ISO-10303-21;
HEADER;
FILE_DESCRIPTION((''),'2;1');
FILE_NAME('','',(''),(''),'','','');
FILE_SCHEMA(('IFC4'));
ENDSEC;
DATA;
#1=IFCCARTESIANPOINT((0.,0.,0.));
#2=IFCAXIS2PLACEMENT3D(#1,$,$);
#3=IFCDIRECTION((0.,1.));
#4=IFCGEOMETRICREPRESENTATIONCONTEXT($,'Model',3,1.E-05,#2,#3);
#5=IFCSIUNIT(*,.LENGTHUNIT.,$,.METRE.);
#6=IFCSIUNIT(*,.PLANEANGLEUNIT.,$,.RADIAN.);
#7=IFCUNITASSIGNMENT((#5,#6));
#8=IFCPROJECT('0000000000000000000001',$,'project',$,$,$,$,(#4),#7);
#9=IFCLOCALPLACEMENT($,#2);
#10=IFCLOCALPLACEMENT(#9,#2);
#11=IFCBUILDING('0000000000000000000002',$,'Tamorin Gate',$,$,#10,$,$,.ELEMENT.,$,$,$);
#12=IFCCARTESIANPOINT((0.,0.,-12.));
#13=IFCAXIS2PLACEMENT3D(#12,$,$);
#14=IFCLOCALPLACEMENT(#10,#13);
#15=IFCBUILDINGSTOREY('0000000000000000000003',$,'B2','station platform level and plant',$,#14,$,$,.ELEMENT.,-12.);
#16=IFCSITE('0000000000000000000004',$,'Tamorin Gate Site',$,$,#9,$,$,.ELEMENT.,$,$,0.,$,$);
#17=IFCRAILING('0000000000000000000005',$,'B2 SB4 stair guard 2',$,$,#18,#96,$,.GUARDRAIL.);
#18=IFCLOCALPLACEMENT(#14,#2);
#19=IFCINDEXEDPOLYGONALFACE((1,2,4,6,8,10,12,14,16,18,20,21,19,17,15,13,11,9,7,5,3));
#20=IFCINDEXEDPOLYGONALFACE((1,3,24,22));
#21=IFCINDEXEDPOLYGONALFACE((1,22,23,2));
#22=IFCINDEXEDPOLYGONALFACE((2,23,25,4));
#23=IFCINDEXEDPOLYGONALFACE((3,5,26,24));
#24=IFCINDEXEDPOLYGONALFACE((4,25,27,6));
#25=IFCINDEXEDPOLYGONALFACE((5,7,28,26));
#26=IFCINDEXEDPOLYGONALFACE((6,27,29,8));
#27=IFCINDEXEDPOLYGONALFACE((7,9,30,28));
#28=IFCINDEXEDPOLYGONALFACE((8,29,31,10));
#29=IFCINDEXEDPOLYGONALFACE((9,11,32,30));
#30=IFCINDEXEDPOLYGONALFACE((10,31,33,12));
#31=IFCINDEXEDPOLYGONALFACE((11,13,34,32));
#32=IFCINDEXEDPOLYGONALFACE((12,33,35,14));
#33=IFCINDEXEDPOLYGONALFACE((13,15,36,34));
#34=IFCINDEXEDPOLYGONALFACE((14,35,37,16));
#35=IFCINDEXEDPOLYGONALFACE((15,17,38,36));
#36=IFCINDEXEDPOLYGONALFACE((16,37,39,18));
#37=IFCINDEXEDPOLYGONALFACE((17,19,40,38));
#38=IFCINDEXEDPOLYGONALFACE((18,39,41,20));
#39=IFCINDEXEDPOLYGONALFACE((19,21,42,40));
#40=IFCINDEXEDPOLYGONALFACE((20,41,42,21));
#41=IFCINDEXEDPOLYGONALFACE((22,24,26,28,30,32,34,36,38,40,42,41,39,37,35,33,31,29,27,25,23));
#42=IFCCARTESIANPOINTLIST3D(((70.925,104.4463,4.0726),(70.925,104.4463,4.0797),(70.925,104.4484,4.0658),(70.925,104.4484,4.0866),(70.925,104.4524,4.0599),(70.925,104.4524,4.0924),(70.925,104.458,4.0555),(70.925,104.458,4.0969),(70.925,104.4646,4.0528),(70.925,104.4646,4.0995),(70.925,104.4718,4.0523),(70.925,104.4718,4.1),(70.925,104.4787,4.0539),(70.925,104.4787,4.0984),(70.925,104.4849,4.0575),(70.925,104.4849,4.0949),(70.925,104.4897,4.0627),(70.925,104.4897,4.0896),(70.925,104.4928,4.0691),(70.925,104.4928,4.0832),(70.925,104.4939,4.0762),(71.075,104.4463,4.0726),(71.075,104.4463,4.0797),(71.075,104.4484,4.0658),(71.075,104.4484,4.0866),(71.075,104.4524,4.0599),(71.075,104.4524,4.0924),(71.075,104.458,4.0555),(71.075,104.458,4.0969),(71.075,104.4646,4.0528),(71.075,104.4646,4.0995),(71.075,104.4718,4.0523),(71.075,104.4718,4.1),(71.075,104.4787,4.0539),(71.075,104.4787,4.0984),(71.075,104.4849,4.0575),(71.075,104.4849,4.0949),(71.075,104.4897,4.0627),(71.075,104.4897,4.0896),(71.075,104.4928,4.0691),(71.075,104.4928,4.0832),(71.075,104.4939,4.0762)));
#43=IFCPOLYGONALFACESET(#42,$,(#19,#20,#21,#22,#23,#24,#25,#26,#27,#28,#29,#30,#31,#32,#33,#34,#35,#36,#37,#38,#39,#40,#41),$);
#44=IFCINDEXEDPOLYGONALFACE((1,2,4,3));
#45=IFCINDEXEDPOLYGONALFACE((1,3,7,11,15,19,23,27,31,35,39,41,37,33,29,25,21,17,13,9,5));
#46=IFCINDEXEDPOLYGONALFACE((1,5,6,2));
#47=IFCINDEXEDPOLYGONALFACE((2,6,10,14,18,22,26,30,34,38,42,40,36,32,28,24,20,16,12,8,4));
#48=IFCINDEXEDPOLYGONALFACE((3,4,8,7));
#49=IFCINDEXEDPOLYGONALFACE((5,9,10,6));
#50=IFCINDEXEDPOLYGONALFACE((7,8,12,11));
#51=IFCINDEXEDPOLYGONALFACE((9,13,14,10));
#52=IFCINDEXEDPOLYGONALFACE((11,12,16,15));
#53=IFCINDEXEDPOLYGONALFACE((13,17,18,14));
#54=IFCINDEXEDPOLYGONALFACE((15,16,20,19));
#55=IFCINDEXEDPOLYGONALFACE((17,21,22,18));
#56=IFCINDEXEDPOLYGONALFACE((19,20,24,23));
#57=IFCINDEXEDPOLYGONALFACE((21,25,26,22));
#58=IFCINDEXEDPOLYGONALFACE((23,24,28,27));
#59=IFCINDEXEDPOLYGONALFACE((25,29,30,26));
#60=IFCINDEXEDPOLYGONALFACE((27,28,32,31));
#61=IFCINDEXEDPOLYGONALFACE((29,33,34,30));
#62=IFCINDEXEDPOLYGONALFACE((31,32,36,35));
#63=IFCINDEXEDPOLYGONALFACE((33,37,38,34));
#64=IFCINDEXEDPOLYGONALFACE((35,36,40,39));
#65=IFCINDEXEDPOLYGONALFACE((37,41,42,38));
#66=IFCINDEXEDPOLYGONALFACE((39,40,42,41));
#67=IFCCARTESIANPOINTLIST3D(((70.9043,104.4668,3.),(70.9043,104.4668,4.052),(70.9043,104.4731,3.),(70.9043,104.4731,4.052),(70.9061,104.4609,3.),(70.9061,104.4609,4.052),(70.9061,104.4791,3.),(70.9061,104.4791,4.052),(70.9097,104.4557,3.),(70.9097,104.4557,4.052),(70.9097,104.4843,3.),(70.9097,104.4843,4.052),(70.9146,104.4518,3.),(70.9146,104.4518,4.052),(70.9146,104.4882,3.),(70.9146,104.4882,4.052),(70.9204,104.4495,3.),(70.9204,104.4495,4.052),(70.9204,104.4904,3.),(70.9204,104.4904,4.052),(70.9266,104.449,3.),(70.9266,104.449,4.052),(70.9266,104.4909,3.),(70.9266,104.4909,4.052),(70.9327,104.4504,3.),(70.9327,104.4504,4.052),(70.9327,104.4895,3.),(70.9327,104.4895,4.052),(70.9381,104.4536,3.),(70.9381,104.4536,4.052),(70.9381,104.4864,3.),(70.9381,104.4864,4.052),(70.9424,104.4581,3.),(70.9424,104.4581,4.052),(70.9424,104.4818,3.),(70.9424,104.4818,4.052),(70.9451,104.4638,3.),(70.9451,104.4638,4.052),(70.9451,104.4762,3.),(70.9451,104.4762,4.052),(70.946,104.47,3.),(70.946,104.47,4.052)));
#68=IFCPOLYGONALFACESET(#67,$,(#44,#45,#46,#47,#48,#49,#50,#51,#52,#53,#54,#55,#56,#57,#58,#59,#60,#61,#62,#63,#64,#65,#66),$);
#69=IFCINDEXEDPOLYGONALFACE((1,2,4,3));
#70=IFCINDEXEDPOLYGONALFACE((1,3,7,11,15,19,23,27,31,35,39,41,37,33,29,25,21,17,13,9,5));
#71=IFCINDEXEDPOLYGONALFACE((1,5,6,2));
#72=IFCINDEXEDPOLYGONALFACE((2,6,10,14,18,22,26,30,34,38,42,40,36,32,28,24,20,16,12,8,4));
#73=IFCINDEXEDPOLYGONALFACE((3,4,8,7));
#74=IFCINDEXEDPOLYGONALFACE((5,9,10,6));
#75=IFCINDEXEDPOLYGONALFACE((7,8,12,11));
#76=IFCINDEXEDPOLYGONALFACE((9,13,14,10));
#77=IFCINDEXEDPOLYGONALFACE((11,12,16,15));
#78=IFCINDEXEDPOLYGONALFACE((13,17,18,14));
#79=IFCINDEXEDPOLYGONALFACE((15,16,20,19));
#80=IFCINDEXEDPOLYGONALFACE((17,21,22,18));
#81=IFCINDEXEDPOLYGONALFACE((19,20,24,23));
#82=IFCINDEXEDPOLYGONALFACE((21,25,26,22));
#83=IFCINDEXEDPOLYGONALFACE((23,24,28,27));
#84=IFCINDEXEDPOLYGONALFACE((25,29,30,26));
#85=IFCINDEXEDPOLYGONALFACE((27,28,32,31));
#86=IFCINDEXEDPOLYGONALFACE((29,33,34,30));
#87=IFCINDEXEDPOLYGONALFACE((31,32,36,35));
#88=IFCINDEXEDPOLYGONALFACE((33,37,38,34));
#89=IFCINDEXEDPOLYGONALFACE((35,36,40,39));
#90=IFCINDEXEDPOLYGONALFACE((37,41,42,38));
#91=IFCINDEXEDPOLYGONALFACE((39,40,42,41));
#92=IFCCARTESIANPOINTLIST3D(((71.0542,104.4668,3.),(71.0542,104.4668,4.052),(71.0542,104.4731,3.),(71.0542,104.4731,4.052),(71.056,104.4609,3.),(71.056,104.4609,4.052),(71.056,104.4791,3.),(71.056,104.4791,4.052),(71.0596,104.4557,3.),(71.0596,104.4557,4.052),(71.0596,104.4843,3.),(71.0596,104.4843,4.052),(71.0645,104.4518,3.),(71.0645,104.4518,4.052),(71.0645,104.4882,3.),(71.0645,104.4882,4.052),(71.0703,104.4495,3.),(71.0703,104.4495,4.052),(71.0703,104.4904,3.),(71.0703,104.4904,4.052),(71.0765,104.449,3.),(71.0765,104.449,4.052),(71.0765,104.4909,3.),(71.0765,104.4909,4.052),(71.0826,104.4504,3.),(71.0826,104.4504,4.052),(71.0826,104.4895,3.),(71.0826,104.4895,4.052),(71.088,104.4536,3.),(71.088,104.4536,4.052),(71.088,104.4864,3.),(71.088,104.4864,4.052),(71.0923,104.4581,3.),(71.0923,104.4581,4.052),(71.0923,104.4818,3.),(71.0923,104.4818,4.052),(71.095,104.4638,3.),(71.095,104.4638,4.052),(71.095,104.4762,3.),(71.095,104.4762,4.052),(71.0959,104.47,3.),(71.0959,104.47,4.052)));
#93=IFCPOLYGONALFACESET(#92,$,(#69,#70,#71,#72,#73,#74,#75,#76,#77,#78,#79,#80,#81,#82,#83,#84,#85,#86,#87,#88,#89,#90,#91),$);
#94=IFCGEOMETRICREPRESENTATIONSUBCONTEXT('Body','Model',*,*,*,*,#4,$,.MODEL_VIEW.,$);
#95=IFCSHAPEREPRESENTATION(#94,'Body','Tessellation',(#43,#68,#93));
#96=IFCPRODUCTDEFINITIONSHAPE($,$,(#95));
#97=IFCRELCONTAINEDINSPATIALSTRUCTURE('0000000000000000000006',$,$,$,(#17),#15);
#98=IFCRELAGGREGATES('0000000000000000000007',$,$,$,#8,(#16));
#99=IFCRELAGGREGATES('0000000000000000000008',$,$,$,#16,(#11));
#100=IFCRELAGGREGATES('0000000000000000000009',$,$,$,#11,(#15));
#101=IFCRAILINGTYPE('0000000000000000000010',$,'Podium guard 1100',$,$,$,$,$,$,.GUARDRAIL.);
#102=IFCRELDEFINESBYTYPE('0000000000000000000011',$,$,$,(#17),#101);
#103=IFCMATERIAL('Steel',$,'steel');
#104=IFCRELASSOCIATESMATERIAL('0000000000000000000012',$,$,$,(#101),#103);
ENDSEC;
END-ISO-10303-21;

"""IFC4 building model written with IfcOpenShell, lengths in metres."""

from ifc_helpers import new_model, si_unit, direction, frame, origin, origin_2d, place, context, subcontext, project, spatial, circle, extrude, material, type_object, element, save


model = new_model("IFC4")

# Units and contexts
model_context = context("Model", 3, precision=1e-05, world=origin(), true_north=direction((0.0, 1.0)))
body_context = subcontext(model_context, "Body", "Model", "MODEL_VIEW")
ifc_project = project(units=[si_unit("LENGTHUNIT", "METRE"), si_unit("PLANEANGLEUNIT", "RADIAN")], contexts=[model_context])

# Site, building, storey
site_placement = place(None, origin())
site = spatial("IfcSite", under=ifc_project, at=site_placement, Name="Tamorin Gate Site", CompositionType="ELEMENT", RefElevation=0.0)
building_placement = place(site_placement, origin())
building = spatial("IfcBuilding", under=site, at=building_placement, Name="Tamorin Gate", CompositionType="ELEMENT")
storey_placement = place(building_placement, frame((0.0, 0.0, -12.0)))
storey = spatial("IfcBuildingStorey", under=building, at=storey_placement, Name="B2", Description="station platform level and plant", CompositionType="ELEMENT", Elevation=-12.0)

# Railing
ifc_material_1 = material(Name="Steel", Category="steel")
railing_type = type_object("IfcRailingType", Name="Podium guard 1100", PredefinedType="GUARDRAIL", material=ifc_material_1)
railing_1_placement = place(storey_placement, frame((70.925, 104.47, 3.0)))
element("IfcRailing", 1, at=railing_1_placement, inside=storey, type_object=railing_type, Name="B2 SB4 stair guard 2", PredefinedType="GUARDRAIL", context=body_context, shape_type="SweptSolid", body=[
    extrude(circle(Radius=0.0239, at=origin_2d()), frame((0.0, 0.0, 1.0762), z_axis=(1.0, 0.0, 0.0), x_axis=(0.0, 1.0, 0.0)), (0.0, 0.0, 1.0), 0.1499),
    extrude(circle(Radius=0.021, at=origin_2d()), origin(), (0.0, 0.0, 1.0), 1.052),
    extrude(circle(Radius=0.021, at=origin_2d()), frame((0.1499, 0.0, 0.0)), (0.0, 0.0, 1.0), 1.052),
])

save(model, "model.ifc")
